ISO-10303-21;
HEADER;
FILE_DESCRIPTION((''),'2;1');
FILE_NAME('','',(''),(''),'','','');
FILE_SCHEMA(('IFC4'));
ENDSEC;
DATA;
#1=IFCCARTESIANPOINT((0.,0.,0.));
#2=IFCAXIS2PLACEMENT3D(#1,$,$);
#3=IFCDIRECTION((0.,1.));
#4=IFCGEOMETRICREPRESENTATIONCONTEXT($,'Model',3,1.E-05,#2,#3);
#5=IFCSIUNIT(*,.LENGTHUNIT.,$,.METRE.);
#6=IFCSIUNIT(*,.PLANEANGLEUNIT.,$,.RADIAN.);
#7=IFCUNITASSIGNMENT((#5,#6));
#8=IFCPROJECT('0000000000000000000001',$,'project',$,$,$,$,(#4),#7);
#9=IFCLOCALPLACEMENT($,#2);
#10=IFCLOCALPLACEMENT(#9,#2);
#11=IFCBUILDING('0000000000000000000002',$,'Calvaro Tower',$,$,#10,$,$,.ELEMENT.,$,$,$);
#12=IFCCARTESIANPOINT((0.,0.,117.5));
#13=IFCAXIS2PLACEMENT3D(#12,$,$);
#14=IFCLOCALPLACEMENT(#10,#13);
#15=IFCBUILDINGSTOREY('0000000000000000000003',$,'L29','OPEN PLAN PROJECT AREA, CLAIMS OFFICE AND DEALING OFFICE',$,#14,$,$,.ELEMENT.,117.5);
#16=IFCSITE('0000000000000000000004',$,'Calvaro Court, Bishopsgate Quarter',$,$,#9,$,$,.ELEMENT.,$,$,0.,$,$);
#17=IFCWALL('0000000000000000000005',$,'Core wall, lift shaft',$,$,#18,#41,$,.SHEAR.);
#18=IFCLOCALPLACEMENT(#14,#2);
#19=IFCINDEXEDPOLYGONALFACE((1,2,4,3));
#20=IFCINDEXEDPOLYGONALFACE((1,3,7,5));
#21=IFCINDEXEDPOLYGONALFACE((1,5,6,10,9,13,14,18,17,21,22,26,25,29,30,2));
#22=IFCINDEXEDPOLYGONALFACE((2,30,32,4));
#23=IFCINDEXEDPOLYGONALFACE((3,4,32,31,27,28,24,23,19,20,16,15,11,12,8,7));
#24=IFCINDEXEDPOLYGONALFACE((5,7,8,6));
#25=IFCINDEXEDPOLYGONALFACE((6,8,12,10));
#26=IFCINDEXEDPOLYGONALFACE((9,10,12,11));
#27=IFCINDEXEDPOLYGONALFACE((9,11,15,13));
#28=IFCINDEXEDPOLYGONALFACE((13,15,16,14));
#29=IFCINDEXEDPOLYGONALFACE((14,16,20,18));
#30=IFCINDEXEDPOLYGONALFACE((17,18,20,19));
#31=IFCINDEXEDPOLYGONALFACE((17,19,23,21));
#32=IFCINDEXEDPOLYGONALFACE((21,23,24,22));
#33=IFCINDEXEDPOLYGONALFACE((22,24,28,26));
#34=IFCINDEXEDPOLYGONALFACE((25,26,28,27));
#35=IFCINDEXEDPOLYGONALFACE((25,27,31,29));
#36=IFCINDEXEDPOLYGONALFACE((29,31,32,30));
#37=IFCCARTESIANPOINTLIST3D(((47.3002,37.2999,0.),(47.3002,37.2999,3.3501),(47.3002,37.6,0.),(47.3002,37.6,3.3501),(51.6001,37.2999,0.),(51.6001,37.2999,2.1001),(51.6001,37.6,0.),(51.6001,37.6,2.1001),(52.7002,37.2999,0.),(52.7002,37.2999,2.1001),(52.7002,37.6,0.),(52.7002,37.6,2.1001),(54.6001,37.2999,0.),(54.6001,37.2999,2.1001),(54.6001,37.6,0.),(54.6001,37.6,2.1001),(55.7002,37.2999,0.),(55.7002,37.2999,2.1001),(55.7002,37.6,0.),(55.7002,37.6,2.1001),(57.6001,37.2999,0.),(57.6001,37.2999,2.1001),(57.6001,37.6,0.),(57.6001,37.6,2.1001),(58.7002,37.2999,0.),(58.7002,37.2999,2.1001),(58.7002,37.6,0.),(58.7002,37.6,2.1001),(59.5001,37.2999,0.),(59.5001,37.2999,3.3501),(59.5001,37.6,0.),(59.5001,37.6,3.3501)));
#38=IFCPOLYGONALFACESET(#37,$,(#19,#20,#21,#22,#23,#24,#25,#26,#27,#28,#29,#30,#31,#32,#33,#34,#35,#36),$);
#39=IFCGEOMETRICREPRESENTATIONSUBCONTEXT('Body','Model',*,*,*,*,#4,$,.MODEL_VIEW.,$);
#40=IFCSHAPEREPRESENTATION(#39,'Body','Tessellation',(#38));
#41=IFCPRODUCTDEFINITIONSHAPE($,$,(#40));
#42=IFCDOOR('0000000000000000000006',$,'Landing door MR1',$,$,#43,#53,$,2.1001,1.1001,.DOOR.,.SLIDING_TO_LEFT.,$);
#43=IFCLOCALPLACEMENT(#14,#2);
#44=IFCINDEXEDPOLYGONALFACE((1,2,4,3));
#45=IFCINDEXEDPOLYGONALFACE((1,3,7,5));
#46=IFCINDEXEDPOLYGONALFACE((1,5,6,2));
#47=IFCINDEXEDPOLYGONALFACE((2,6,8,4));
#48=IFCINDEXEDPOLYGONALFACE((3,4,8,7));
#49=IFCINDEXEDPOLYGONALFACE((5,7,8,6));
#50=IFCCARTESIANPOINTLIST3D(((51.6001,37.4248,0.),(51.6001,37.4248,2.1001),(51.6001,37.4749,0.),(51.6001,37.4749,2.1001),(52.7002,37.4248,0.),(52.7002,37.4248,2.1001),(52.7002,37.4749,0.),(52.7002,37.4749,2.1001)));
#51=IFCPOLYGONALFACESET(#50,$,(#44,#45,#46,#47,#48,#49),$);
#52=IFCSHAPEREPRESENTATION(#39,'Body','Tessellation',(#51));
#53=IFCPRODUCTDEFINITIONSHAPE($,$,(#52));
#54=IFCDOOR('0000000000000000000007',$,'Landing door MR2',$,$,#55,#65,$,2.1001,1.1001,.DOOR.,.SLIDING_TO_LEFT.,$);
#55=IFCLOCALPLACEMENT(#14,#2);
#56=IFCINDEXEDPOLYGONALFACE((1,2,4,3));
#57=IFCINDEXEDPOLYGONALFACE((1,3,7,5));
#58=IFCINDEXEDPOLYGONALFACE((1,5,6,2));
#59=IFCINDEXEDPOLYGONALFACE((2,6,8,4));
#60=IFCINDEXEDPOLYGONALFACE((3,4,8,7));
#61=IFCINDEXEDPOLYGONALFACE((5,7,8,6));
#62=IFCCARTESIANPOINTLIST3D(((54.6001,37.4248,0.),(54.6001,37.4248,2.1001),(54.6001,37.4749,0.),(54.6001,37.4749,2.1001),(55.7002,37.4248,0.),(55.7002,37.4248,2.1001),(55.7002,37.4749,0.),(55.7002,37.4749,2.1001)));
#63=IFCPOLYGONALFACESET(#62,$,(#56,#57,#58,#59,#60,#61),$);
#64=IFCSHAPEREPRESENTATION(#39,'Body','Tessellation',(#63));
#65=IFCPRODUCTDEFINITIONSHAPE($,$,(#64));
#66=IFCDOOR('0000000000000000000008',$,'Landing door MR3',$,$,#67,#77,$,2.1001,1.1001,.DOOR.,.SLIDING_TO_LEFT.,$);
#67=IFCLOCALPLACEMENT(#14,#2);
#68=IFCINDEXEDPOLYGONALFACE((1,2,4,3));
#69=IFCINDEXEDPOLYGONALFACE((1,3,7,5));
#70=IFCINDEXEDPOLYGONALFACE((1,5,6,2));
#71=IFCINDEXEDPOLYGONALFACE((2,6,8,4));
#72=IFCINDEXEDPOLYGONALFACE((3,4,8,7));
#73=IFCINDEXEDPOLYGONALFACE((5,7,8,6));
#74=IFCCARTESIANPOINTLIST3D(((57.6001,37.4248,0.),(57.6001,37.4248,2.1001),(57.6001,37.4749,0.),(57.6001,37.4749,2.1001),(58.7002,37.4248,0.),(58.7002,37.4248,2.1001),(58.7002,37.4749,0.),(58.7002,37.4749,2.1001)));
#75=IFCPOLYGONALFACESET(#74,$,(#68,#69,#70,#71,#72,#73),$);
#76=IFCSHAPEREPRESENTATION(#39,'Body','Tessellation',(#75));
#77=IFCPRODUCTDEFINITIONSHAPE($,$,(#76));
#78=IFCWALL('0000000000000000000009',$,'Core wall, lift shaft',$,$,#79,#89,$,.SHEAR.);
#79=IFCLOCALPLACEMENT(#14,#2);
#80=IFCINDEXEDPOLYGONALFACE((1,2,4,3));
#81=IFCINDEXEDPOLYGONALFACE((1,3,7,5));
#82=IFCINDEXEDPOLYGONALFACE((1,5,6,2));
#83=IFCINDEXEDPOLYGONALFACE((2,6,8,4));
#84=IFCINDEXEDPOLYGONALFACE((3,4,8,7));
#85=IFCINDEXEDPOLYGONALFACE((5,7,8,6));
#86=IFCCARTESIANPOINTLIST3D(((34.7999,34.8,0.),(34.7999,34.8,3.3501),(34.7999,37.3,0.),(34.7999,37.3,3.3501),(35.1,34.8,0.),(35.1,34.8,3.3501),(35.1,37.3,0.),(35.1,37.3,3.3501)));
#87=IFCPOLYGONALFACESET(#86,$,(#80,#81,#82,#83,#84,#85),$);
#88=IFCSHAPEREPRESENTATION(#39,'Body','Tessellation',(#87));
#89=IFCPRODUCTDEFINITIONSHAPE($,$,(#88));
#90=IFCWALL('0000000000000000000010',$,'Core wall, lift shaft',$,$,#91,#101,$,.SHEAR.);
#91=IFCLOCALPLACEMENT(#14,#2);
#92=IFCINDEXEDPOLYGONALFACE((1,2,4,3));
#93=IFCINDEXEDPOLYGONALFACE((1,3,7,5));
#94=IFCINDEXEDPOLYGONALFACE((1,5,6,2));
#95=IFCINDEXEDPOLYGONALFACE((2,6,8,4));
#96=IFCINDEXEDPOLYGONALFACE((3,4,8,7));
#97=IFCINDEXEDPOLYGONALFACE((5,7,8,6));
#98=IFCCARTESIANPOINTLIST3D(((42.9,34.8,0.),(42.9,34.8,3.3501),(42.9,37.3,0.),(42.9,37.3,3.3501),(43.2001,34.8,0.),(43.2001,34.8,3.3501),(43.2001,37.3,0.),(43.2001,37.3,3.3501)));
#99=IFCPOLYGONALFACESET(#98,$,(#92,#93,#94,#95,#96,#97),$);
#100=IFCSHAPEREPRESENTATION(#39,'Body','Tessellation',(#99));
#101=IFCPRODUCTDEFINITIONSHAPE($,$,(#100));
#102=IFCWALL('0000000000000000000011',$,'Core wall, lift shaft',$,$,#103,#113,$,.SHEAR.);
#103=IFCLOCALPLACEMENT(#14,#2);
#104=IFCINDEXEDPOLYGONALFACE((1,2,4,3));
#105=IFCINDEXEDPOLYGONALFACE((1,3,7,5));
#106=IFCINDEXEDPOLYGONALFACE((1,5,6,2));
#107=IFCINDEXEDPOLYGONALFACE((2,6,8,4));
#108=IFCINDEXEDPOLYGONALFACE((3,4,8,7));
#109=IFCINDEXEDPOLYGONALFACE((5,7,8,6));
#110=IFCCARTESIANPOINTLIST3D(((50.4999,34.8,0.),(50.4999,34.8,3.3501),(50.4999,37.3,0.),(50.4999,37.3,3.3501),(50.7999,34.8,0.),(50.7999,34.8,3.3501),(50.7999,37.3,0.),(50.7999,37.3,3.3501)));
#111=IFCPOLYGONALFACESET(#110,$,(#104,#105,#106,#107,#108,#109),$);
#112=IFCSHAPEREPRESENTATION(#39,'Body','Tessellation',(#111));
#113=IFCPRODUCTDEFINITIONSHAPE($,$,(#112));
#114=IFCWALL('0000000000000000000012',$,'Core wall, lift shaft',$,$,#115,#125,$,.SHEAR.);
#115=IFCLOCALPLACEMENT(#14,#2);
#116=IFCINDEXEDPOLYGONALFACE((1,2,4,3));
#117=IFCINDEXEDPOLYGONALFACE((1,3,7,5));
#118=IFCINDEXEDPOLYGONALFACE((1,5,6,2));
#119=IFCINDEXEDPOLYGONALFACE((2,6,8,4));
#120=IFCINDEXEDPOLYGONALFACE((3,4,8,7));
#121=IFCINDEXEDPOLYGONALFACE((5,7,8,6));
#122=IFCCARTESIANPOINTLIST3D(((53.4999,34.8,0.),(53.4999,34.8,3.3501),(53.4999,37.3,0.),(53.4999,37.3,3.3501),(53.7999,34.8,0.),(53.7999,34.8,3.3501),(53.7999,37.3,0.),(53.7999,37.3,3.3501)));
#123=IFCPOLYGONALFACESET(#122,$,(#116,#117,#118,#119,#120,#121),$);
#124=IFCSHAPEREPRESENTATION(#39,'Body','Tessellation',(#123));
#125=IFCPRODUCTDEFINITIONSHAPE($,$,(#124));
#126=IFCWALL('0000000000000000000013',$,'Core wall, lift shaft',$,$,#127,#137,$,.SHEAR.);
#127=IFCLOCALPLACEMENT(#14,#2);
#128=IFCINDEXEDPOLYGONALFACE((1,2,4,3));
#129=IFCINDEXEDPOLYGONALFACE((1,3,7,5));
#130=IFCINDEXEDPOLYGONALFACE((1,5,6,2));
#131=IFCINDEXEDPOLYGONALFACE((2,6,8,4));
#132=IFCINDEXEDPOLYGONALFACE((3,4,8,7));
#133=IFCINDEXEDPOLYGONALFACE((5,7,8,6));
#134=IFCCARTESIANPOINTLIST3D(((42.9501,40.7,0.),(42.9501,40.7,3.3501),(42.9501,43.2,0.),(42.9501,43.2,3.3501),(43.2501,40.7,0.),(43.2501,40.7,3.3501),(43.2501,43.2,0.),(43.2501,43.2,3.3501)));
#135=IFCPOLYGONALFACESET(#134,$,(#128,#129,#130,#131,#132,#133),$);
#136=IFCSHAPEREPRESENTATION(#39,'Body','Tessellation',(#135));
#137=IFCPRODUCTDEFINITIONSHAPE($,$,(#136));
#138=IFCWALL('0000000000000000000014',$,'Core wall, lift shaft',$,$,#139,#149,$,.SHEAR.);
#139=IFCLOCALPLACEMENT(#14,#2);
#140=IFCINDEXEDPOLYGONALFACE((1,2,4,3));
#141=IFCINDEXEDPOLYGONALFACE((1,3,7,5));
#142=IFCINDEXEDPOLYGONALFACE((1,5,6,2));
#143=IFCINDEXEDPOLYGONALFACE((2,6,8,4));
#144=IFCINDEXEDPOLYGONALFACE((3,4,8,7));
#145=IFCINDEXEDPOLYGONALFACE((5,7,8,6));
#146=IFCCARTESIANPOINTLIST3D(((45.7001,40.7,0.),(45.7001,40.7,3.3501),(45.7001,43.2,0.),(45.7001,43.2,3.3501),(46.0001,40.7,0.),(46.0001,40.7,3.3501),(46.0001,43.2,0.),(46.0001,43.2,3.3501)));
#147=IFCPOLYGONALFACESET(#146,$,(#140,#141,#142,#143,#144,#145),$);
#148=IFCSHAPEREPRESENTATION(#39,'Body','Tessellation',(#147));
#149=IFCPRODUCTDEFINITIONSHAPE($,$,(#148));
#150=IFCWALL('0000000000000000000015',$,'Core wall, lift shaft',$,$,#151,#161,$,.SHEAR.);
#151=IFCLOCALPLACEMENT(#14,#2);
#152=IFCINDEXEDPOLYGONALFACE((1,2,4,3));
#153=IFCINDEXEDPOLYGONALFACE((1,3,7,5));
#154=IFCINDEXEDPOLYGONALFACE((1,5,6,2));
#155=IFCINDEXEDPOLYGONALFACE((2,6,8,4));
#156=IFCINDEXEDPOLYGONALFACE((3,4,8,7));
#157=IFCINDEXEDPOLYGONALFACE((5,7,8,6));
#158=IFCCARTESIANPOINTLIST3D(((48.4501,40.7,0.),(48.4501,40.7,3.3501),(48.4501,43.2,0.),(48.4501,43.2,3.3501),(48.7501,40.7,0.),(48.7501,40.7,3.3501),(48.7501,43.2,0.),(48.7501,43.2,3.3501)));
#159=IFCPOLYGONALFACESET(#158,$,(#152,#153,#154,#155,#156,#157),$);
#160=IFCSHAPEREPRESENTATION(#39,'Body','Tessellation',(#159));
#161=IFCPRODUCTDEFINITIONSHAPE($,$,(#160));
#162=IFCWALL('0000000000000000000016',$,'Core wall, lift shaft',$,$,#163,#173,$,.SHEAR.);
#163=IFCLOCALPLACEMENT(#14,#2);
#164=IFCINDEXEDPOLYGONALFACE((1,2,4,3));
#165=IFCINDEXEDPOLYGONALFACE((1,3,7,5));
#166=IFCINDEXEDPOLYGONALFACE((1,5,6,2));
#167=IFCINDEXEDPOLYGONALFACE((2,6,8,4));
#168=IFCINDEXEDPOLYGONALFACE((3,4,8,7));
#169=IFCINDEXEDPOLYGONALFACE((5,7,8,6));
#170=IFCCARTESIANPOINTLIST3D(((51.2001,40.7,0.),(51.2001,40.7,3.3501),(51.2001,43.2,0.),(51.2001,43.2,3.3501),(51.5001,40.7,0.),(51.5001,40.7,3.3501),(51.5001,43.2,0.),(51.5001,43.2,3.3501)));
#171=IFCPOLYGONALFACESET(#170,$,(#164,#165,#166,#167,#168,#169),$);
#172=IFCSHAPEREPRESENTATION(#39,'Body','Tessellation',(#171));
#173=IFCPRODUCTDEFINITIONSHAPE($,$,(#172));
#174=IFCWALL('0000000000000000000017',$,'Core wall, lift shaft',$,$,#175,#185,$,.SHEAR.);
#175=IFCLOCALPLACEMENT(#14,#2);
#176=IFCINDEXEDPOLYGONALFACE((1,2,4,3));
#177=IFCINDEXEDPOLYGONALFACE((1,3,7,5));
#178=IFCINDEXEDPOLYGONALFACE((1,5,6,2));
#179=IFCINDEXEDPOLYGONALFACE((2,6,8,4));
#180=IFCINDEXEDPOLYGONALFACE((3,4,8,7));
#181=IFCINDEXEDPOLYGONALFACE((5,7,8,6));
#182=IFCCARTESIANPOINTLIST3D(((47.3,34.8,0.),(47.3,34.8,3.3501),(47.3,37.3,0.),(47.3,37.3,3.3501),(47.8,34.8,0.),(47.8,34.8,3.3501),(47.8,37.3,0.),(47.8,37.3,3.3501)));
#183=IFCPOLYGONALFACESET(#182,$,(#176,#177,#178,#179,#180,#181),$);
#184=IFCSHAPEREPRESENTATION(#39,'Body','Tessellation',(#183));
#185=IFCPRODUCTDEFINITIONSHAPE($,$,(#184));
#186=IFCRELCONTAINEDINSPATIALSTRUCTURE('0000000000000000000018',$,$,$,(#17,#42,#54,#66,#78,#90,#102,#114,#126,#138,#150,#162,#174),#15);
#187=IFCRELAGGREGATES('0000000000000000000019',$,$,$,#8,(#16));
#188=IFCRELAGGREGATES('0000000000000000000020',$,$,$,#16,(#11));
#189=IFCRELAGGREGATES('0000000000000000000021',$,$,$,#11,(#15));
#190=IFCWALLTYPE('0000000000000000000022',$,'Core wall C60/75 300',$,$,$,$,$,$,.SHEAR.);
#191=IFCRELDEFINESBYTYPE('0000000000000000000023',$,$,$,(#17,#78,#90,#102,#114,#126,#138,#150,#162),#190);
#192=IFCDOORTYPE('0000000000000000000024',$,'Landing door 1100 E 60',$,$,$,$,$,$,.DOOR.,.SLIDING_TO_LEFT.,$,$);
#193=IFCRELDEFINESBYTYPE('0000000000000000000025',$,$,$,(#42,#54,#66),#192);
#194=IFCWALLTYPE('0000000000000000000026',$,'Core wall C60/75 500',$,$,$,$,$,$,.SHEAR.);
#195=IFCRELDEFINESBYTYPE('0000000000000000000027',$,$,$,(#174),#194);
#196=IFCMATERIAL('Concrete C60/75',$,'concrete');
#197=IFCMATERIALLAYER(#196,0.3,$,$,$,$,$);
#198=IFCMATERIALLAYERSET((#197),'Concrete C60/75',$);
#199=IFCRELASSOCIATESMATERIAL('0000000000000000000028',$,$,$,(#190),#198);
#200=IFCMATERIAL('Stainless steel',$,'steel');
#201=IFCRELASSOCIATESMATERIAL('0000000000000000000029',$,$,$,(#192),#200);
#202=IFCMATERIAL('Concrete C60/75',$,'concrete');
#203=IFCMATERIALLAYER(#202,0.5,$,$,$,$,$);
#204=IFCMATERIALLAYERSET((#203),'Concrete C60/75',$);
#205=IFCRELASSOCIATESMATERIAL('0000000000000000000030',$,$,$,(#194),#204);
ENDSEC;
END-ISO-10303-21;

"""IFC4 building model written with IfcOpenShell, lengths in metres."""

from ifc_helpers import new_model, si_unit, direction, frame, frame_2d, origin, place, context, subcontext, project, spatial, rectangle, extrude, material, layer, layer_set, type_object, element, fill, save


model = new_model("IFC4")

# Units and contexts
model_context = context("Model", 3, precision=1e-05, world=origin(), true_north=direction((0.0, 1.0)))
body_context = subcontext(model_context, "Body", "Model", "MODEL_VIEW")
ifc_project = project(units=[si_unit("LENGTHUNIT", "METRE"), si_unit("PLANEANGLEUNIT", "RADIAN")], contexts=[model_context])

# Site, building, storey
site_placement = place(None, origin())
site = spatial("IfcSite", under=ifc_project, at=site_placement, Name="Calvaro Court, Bishopsgate Quarter", CompositionType="ELEMENT", RefElevation=0.0)
building_placement = place(site_placement, origin())
building = spatial("IfcBuilding", under=site, at=building_placement, Name="Calvaro Tower", CompositionType="ELEMENT")
storey_placement = place(building_placement, frame((0.0, 0.0, 117.5)))
storey = spatial("IfcBuildingStorey", under=building, at=storey_placement, Name="L29", Description="OPEN PLAN PROJECT AREA, CLAIMS OFFICE AND DEALING OFFICE", CompositionType="ELEMENT", Elevation=117.5)

# Shared definitions
ifc_material_1 = material(Name="Concrete C60/75", Category="concrete")
ifc_layer_1 = layer(ifc_material_1, 0.3)
ifc_layer_set_1 = layer_set([ifc_layer_1], Name="Concrete C60/75")
wall_type_1 = type_object("IfcWallType", Name="Core wall C60/75 300", PredefinedType="SHEAR", material=ifc_layer_set_1)
ifc_material_2 = material(Name="Stainless steel", Category="steel")
door_type_1 = type_object("IfcDoorType", Name="Landing door 1100 E 60", OperationType="SLIDING_TO_LEFT", PredefinedType="DOOR", material=ifc_material_2)

# Wall, openings, doors
wall_1_placement = place(storey_placement, frame((47.3, 37.45, 0.0), z_axis=(0.0, 0.0, 1.0), x_axis=(1.0, 0.0, 0.0)))
wall_1 = element("IfcWall", 1, at=wall_1_placement, inside=storey, type_object=wall_type_1, Name="Core wall, lift shaft", PredefinedType="SHEAR", context=body_context, shape_type="SweptSolid", body=[
    extrude(rectangle(XDim=12.2, YDim=0.3, at=frame_2d((6.1001, 0.0))), origin(), (0.0, 0.0, 1.0), 3.3501),
])
opening_1_placement = place(wall_1_placement, frame((4.3, 0.0, 0.0)))
opening_1 = element("IfcOpeningElement", 2, at=opening_1_placement, cuts=wall_1, PredefinedType="OPENING", context=body_context, shape_type="SweptSolid", body=[
    extrude(rectangle(XDim=1.1001, YDim=2.1001, at=frame_2d((0.55, 1.05))), frame((0.0, 0.1599, 0.0), z_axis=(0.0, -1.0, 0.0), x_axis=(1.0, 0.0, 0.0)), (0.0, 0.0, 1.0), 0.3201),
])
opening_2_placement = place(wall_1_placement, frame((7.3, 0.0, 0.0)))
opening_2 = element("IfcOpeningElement", 3, at=opening_2_placement, cuts=wall_1, PredefinedType="OPENING", context=body_context, shape_type="SweptSolid", body=[
    extrude(rectangle(XDim=1.1001, YDim=2.1001, at=frame_2d((0.55, 1.05))), frame((0.0, 0.1599, 0.0), z_axis=(0.0, -1.0, 0.0), x_axis=(1.0, 0.0, 0.0)), (0.0, 0.0, 1.0), 0.3201),
])
opening_3_placement = place(wall_1_placement, frame((10.3, 0.0, 0.0)))
opening_3 = element("IfcOpeningElement", 4, at=opening_3_placement, cuts=wall_1, PredefinedType="OPENING", context=body_context, shape_type="SweptSolid", body=[
    extrude(rectangle(XDim=1.1001, YDim=2.1001, at=frame_2d((0.55, 1.05))), frame((0.0, 0.1599, 0.0), z_axis=(0.0, -1.0, 0.0), x_axis=(1.0, 0.0, 0.0)), (0.0, 0.0, 1.0), 0.3201),
])
door_1_placement = place(opening_1_placement, origin())
door_1 = element("IfcDoor", 5, at=door_1_placement, inside=storey, type_object=door_type_1, Name="Landing door MR1", OperationType="SLIDING_TO_LEFT", OverallHeight=2.1001, OverallWidth=1.1001, PredefinedType="DOOR", context=body_context, shape_type="SweptSolid", body=[
    extrude(rectangle(XDim=1.1001, YDim=2.1001, at=frame_2d((0.55, 1.05))), frame((0.0, 0.0249, 0.0), z_axis=(0.0, -1.0, 0.0), x_axis=(1.0, 0.0, 0.0)), (0.0, 0.0, 1.0), 0.05),
])
fill(opening_1, door_1)
door_2_placement = place(opening_2_placement, origin())
door_2 = element("IfcDoor", 6, at=door_2_placement, inside=storey, type_object=door_type_1, Name="Landing door MR2", OperationType="SLIDING_TO_LEFT", OverallHeight=2.1001, OverallWidth=1.1001, PredefinedType="DOOR", context=body_context, shape_type="SweptSolid", body=[
    extrude(rectangle(XDim=1.1001, YDim=2.1001, at=frame_2d((0.55, 1.05))), frame((0.0, 0.0249, 0.0), z_axis=(0.0, -1.0, 0.0), x_axis=(1.0, 0.0, 0.0)), (0.0, 0.0, 1.0), 0.05),
])
fill(opening_2, door_2)
door_3_placement = place(opening_3_placement, origin())
door_3 = element("IfcDoor", 7, at=door_3_placement, inside=storey, type_object=door_type_1, Name="Landing door MR3", OperationType="SLIDING_TO_LEFT", OverallHeight=2.1001, OverallWidth=1.1001, PredefinedType="DOOR", context=body_context, shape_type="SweptSolid", body=[
    extrude(rectangle(XDim=1.1001, YDim=2.1001, at=frame_2d((0.55, 1.05))), frame((0.0, 0.0249, 0.0), z_axis=(0.0, -1.0, 0.0), x_axis=(1.0, 0.0, 0.0)), (0.0, 0.0, 1.0), 0.05),
])
fill(opening_3, door_3)

# Walls
for number, where, z_axis, x_axis, name in (
    (8, (34.95, 34.8, 0.0), (0.0, 0.0, 1.0), (0.0, 1.0, 0.0), "Core wall, lift shaft"),
    (9, (43.05, 34.8, 0.0), (0.0, 0.0, 1.0), (0.0, 1.0, 0.0), "Core wall, lift shaft"),
    (10, (50.6499, 34.8, 0.0), (0.0, 0.0, 1.0), (0.0, 1.0, 0.0), "Core wall, lift shaft"),
    (11, (53.6499, 34.8, 0.0), (0.0, 0.0, 1.0), (0.0, 1.0, 0.0), "Core wall, lift shaft"),
    (12, (43.1001, 40.7, 0.0), (0.0, 0.0, 1.0), (0.0, 1.0, 0.0), "Core wall, lift shaft"),
    (13, (45.8501, 40.7, 0.0), (0.0, 0.0, 1.0), (0.0, 1.0, 0.0), "Core wall, lift shaft"),
    (14, (48.6001, 40.7, 0.0), (0.0, 0.0, 1.0), (0.0, 1.0, 0.0), "Core wall, lift shaft"),
    (15, (51.3501, 40.7, 0.0), (0.0, 0.0, 1.0), (0.0, 1.0, 0.0), "Core wall, lift shaft"),
):
    element("IfcWall", number, at=place(storey_placement, frame(where, z_axis=z_axis, x_axis=x_axis)), inside=storey, type_object=wall_type_1, Name=name, PredefinedType="SHEAR", context=body_context, shape_type="SweptSolid", body=[
        extrude(rectangle(XDim=2.5, YDim=0.3, at=frame_2d((1.25, 0.0))), origin(), (0.0, 0.0, 1.0), 3.3501),
    ])
ifc_material_3 = material(Name="Concrete C60/75", Category="concrete")
ifc_layer_2 = layer(ifc_material_3, 0.5)
ifc_layer_set_2 = layer_set([ifc_layer_2], Name="Concrete C60/75")
wall_type_2 = type_object("IfcWallType", Name="Core wall C60/75 500", PredefinedType="SHEAR", material=ifc_layer_set_2)
wall_2_placement = place(storey_placement, frame((47.55, 34.8, 0.0), z_axis=(0.0, 0.0, 1.0), x_axis=(0.0, 1.0, 0.0)))
element("IfcWall", 16, at=wall_2_placement, inside=storey, type_object=wall_type_2, Name="Core wall, lift shaft", PredefinedType="SHEAR", context=body_context, shape_type="SweptSolid", body=[
    extrude(rectangle(XDim=2.5, YDim=0.5, at=frame_2d((1.25, 0.0))), origin(), (0.0, 0.0, 1.0), 3.3501),
])

save(model, "model.ifc")
